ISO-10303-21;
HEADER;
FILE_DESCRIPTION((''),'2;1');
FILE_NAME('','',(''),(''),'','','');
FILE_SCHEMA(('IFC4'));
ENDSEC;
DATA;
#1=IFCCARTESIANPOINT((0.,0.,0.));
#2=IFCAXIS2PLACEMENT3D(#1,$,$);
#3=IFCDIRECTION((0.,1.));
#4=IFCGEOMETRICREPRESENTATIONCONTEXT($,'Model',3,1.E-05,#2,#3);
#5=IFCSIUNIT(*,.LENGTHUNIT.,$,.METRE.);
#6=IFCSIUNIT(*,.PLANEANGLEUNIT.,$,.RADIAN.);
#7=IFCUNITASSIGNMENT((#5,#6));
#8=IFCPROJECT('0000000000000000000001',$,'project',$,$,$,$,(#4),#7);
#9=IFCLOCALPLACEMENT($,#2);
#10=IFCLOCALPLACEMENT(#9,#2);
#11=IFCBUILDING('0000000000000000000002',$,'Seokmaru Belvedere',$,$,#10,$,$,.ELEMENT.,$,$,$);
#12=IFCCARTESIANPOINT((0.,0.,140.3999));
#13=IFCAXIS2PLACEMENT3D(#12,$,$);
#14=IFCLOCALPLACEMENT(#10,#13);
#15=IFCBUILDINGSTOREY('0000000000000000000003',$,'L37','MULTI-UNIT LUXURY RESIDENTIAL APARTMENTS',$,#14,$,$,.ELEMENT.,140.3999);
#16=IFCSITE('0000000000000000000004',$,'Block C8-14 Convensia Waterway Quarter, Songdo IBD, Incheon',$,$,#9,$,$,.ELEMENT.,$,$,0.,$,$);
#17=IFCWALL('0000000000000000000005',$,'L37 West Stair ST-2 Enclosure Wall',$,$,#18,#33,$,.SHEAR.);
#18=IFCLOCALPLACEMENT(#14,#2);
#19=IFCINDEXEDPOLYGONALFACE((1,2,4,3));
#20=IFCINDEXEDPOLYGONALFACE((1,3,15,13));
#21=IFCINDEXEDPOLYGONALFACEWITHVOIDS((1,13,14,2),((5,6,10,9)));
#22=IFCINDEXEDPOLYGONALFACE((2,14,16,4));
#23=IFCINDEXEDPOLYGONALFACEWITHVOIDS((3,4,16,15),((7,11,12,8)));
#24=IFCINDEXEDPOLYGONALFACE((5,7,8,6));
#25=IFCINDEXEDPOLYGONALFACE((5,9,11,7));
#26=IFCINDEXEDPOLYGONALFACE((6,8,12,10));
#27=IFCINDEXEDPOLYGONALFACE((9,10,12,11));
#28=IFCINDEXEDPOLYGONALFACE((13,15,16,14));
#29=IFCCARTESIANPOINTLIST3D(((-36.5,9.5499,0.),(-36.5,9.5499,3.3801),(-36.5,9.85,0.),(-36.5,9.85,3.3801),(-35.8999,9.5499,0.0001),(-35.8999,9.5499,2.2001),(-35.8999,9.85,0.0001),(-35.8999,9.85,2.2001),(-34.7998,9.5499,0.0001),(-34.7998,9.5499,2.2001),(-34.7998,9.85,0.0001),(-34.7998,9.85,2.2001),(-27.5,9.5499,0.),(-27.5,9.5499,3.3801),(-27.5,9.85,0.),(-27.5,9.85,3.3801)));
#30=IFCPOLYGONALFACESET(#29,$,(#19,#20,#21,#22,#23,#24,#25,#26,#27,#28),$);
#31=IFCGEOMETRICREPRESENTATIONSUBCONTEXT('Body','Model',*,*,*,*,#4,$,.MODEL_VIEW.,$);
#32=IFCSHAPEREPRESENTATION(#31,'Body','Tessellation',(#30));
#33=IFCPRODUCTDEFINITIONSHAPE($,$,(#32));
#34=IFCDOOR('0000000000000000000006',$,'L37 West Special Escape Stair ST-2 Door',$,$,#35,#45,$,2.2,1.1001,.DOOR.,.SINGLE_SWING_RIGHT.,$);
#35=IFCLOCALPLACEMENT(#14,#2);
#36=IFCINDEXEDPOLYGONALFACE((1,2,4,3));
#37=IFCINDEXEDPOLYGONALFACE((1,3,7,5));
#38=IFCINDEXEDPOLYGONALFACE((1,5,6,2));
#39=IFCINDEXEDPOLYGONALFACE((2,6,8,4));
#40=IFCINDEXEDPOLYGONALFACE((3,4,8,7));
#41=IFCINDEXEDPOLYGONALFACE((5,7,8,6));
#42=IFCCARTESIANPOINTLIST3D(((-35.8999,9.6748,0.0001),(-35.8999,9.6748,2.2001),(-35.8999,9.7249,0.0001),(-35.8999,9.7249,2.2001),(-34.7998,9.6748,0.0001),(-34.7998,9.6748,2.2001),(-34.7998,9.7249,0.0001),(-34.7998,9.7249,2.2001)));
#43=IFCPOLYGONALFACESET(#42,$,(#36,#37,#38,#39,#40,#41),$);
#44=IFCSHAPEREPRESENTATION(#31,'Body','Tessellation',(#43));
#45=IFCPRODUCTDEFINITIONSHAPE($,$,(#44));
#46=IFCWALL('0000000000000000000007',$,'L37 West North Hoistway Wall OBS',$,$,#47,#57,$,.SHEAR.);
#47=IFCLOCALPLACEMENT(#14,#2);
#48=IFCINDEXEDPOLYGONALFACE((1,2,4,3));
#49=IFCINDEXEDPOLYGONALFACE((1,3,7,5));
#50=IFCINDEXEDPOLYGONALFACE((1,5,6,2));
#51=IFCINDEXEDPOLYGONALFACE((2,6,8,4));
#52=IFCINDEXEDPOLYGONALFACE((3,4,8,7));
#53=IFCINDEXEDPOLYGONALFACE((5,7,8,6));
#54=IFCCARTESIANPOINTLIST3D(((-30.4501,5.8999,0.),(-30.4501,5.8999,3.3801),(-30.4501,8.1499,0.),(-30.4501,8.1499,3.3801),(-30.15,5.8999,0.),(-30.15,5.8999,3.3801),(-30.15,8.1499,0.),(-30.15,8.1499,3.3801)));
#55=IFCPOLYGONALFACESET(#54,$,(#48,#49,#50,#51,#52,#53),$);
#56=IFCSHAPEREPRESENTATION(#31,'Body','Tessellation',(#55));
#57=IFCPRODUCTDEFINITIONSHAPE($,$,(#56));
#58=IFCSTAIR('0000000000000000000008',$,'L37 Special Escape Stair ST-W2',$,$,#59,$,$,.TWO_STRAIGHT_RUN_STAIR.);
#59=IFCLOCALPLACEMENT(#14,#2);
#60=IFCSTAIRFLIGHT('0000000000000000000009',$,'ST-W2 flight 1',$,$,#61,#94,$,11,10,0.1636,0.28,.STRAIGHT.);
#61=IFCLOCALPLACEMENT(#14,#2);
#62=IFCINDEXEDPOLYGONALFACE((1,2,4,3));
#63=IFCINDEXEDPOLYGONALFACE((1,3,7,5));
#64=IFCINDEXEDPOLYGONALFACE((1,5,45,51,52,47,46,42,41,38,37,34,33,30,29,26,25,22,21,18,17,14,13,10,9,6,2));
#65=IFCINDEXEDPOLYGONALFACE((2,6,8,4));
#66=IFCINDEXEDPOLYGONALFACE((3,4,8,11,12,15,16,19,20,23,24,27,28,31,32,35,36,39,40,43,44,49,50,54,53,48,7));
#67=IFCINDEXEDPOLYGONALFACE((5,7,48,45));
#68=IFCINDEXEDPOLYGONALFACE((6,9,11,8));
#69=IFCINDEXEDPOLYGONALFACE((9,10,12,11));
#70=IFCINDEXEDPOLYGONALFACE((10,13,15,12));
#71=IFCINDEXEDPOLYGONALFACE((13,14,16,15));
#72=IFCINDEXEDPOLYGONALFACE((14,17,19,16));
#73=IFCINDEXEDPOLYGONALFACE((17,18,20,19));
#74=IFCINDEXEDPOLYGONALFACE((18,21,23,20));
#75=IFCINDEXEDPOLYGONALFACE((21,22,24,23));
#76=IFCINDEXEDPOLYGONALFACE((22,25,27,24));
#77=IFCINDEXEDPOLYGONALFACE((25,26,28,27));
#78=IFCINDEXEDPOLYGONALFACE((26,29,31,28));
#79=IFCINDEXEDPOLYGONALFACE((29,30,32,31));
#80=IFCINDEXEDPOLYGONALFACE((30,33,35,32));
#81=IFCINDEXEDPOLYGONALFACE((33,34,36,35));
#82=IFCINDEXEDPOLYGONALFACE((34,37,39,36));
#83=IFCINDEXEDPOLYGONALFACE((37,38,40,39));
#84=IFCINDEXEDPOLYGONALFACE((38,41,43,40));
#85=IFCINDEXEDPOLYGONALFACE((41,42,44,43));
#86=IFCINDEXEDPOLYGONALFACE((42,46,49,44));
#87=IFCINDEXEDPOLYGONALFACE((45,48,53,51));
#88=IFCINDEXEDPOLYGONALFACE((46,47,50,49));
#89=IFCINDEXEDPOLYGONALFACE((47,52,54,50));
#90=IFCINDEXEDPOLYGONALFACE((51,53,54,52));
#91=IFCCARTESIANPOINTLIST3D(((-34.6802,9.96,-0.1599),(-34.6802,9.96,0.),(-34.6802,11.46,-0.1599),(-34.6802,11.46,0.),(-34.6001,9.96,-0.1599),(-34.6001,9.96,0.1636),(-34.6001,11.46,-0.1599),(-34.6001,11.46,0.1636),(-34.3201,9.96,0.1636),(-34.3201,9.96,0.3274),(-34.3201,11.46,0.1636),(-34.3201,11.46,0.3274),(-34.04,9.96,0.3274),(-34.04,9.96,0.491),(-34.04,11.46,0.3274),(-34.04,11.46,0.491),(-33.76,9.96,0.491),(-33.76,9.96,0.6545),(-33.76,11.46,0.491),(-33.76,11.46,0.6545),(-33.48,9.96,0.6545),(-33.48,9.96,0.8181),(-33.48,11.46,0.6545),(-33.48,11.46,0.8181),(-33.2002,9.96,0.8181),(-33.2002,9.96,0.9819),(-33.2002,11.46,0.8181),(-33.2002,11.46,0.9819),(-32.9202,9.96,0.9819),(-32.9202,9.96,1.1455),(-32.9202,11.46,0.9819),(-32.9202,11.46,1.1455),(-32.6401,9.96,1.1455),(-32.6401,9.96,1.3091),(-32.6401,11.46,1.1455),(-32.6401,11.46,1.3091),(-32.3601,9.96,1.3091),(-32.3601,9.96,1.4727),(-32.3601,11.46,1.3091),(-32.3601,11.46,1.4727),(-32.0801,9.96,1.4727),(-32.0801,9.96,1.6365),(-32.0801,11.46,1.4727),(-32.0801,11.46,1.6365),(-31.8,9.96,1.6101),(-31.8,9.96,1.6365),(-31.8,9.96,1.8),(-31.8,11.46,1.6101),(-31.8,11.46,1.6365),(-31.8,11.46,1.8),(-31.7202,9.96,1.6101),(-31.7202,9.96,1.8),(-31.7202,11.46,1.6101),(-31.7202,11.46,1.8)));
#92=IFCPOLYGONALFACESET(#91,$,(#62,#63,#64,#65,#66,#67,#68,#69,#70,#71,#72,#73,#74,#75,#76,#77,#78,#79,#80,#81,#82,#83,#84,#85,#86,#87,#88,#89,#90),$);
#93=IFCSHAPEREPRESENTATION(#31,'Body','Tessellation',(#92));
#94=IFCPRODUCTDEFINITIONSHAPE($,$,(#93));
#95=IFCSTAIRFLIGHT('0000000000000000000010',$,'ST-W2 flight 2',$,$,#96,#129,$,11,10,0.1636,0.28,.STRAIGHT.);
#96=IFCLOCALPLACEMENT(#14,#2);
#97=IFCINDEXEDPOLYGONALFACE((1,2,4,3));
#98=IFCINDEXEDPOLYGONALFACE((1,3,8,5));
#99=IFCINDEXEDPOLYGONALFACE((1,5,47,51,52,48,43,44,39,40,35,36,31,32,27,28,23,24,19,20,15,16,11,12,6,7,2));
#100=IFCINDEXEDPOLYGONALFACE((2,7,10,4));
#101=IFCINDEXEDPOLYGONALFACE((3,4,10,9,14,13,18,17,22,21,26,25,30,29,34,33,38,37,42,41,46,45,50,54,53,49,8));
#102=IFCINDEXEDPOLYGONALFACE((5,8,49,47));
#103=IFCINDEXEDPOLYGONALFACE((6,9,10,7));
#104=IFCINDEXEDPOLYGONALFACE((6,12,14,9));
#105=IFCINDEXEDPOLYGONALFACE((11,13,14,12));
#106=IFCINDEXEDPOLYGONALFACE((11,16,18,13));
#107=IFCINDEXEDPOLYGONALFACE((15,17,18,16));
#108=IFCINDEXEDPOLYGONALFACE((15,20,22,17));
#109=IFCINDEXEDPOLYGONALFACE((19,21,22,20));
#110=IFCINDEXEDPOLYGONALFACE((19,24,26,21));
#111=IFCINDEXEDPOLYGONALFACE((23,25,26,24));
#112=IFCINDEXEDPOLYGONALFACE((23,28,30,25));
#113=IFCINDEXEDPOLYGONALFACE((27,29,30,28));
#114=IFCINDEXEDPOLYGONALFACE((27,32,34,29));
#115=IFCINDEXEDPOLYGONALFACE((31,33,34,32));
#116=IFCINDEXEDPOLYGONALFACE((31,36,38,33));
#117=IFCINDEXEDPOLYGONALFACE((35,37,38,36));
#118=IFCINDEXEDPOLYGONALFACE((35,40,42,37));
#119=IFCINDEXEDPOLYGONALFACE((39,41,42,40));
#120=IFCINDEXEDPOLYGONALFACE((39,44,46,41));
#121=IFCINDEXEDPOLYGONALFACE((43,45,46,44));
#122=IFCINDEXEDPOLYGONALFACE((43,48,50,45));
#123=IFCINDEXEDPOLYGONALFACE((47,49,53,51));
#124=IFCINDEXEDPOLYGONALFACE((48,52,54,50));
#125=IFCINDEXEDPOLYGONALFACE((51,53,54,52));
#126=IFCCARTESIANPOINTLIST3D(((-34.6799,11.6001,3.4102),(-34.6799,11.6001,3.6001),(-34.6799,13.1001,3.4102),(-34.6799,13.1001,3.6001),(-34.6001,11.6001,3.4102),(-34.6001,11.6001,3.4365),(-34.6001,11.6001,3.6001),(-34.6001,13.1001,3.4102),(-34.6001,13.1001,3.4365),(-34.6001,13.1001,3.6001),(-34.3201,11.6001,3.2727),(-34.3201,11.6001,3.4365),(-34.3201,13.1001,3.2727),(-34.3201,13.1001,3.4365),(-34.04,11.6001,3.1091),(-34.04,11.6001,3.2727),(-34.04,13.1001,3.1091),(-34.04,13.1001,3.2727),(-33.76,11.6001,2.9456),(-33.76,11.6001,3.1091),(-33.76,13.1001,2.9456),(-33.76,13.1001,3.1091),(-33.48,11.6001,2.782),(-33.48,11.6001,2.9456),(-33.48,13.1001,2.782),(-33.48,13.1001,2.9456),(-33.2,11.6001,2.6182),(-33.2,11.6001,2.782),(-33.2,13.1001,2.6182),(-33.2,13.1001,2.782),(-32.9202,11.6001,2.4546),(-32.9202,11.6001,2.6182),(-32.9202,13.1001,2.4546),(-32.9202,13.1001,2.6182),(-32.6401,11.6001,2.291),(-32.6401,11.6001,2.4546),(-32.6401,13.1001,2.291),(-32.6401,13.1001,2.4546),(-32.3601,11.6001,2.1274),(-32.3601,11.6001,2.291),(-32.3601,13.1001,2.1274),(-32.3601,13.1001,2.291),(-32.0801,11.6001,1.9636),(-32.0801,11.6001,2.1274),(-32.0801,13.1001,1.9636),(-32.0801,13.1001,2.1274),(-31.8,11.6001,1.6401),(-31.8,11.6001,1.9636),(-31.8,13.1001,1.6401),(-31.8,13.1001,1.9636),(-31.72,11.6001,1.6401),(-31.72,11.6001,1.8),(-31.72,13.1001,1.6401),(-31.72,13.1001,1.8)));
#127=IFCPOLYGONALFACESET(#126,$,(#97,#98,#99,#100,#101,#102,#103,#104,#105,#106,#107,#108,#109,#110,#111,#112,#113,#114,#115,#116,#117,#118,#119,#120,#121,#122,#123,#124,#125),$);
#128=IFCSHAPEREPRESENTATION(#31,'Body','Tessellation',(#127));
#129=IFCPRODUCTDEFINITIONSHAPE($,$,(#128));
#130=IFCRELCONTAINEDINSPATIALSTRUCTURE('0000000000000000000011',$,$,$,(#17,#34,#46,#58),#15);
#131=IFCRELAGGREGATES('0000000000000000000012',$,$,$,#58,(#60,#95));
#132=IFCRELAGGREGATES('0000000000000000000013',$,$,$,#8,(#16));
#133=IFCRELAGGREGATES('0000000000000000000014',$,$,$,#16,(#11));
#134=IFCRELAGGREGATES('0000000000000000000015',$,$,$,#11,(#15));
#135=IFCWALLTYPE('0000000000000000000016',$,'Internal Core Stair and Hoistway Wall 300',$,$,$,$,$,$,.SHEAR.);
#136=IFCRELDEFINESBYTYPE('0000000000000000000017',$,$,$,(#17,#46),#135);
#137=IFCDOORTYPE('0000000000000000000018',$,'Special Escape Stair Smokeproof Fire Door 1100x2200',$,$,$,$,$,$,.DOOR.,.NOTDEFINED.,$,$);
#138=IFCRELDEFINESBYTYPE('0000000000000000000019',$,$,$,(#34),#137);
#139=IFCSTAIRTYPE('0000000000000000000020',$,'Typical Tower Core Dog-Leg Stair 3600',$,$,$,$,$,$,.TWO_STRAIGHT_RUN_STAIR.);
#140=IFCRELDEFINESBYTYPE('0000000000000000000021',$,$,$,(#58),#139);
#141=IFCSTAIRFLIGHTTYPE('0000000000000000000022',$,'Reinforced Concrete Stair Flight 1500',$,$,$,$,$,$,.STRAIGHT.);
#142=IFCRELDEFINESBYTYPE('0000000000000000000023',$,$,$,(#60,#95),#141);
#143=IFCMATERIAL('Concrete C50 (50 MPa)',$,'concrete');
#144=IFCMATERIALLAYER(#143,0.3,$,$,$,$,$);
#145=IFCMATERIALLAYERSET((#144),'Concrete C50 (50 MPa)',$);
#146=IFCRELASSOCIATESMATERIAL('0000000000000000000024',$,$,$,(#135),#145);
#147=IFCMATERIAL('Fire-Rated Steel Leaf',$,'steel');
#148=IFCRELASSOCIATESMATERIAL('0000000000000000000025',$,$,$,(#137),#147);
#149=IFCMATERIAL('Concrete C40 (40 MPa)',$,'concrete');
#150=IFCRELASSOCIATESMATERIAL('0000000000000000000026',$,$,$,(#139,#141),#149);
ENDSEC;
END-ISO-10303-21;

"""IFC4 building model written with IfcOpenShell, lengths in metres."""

from ifc_helpers import new_model, si_unit, direction, frame, frame_2d, origin, place, context, subcontext, project, spatial, polyline, rectangle, outline, extrude, source, transform, mapped, material, layer, layer_set, type_object, type_shapes, element, fill, aggregate, save


model = new_model("IFC4")

# Units and contexts
model_context = context("Model", 3, precision=1e-05, world=origin(), true_north=direction((0.0, 1.0)))
body_context = subcontext(model_context, "Body", "Model", "MODEL_VIEW")
ifc_project = project(units=[si_unit("LENGTHUNIT", "METRE"), si_unit("PLANEANGLEUNIT", "RADIAN")], contexts=[model_context])

# Site, building, storey
site_placement = place(None, origin())
site = spatial("IfcSite", under=ifc_project, at=site_placement, Name="Block C8-14 Convensia Waterway Quarter, Songdo IBD, Incheon", CompositionType="ELEMENT", RefElevation=0.0)
building_placement = place(site_placement, origin())
building = spatial("IfcBuilding", under=site, at=building_placement, Name="Seokmaru Belvedere", CompositionType="ELEMENT")
storey_placement = place(building_placement, frame((0.0, 0.0, 140.3999)))
storey = spatial("IfcBuildingStorey", under=building, at=storey_placement, Name="L37", Description="MULTI-UNIT LUXURY RESIDENTIAL APARTMENTS", CompositionType="ELEMENT", Elevation=140.3999)

# Shared definitions
ifc_material_1 = material(Name="Concrete C50 (50 MPa)", Category="concrete")

# Wall, opening, door
ifc_layer_1 = layer(ifc_material_1, 0.3)
ifc_layer_set_1 = layer_set([ifc_layer_1], Name="Concrete C50 (50 MPa)")
wall_type_1 = type_object("IfcWallType", Name="Internal Core Stair and Hoistway Wall 300", PredefinedType="SHEAR", material=ifc_layer_set_1)
wall_1_placement = place(storey_placement, frame((-36.5, 9.7, 0.0), z_axis=(0.0, 0.0, 1.0), x_axis=(1.0, 0.0, 0.0)))
wall_1 = element("IfcWall", 1, at=wall_1_placement, inside=storey, type_object=wall_type_1, Name="L37 West Stair ST-2 Enclosure Wall", PredefinedType="SHEAR", context=body_context, shape_type="SweptSolid", body=[
    extrude(rectangle(XDim=9.0, YDim=0.3, at=frame_2d((4.5, 0.0))), origin(), (0.0, 0.0, 1.0), 3.3801),
])
opening_1_placement = place(wall_1_placement, frame((0.6001, 0.0, 0.0)))
opening_1 = element("IfcOpeningElement", 2, at=opening_1_placement, cuts=wall_1, PredefinedType="OPENING", context=body_context, shape_type="SweptSolid", body=[
    extrude(rectangle(XDim=1.1001, YDim=2.2, at=frame_2d((0.55, 1.1001))), frame((0.0, 0.1602, 0.0), z_axis=(0.0, -1.0, 0.0), x_axis=(1.0, 0.0, 0.0)), (0.0, 0.0, 1.0), 0.3201),
])
ifc_material_2 = material(Name="Fire-Rated Steel Leaf", Category="steel")
door_type_1 = type_object("IfcDoorType", Name="Special Escape Stair Smokeproof Fire Door 1100x2200", OperationType="NOTDEFINED", PredefinedType="DOOR", material=ifc_material_2)
shared_shape_1 = source(origin(), body_context, "Body", "SweptSolid", [
    extrude(rectangle(XDim=1.1001, YDim=2.2, at=frame_2d((0.55, 1.1001))), frame((0.0, 0.0249, 0.0), z_axis=(0.0, -1.0, 0.0), x_axis=(1.0, 0.0, 0.0)), (0.0, 0.0, 1.0), 0.05),
])
type_shapes(door_type_1, [shared_shape_1])
door_1_placement = place(opening_1_placement, origin())
door_1 = element("IfcDoor", 3, at=door_1_placement, inside=storey, type_object=door_type_1, Name="L37 West Special Escape Stair ST-2 Door", OperationType="SINGLE_SWING_RIGHT", OverallHeight=2.2, OverallWidth=1.1001, PredefinedType="DOOR", context=body_context, shape_type="MappedRepresentation", body=[
    mapped(shared_shape_1, transform((0.0, 0.0, 0.0), scale=1.0)),
])
fill(opening_1, door_1)

# Wall
wall_2_placement = place(storey_placement, frame((-30.3, 5.8999, 0.0), z_axis=(0.0, 0.0, 1.0), x_axis=(0.0, 1.0, 0.0)))
element("IfcWall", 4, at=wall_2_placement, inside=storey, type_object=wall_type_1, Name="L37 West North Hoistway Wall OBS", PredefinedType="SHEAR", context=body_context, shape_type="SweptSolid", body=[
    extrude(rectangle(XDim=2.25, YDim=0.3, at=frame_2d((1.125, 0.0))), origin(), (0.0, 0.0, 1.0), 3.3801),
])

# Stair, stair flights
ifc_material_3 = material(Name="Concrete C40 (40 MPa)", Category="concrete")
stair_type = type_object("IfcStairType", Name="Typical Tower Core Dog-Leg Stair 3600", PredefinedType="TWO_STRAIGHT_RUN_STAIR", material=ifc_material_3)
stair_placement = place(storey_placement, origin())
stair = element("IfcStair", 5, at=stair_placement, inside=storey, type_object=stair_type, Name="L37 Special Escape Stair ST-W2", PredefinedType="TWO_STRAIGHT_RUN_STAIR")
stair_flight_type = type_object("IfcStairFlightType", Name="Reinforced Concrete Stair Flight 1500", PredefinedType="STRAIGHT", material=ifc_material_3)
stair_flight_1_placement = place(storey_placement, frame((-34.6001, 10.71, 0.0), z_axis=(0.0, 0.0, 1.0), x_axis=(1.0, 0.0, 0.0)))
stair_flight_1 = element("IfcStairFlight", 6, at=stair_flight_1_placement, type_object=stair_flight_type, Name="ST-W2 flight 1", NumberOfRisers=11, NumberOfTreads=10, PredefinedType="STRAIGHT", RiserHeight=0.1636, TreadLength=0.28, context=body_context, shape_type="SweptSolid", body=[
    extrude(outline(polyline([(-0.0801, 0.0), (0.0, 0.1636), (0.28, 0.1636), (0.28, 0.3274), (0.5601, 0.3274), (0.5601, 0.491), (0.8401, 0.491), (0.8401, 0.6545), (1.1201, 0.6545), (1.1201, 0.8181), (1.3999, 0.8181), (1.3999, 0.9819), (1.6799, 0.9819), (1.6799, 1.1455), (1.96, 1.1455), (1.96, 1.3091), (2.24, 1.3091), (2.24, 1.4727), (2.52, 1.4727), (2.52, 1.6365), (2.8, 1.6365), (2.8, 1.8), (2.8799, 1.8), (2.8799, 1.6101), (2.8, 1.6101), (0.0, -0.1599), (-0.0801, -0.1599), (-0.0801, 0.0)])), frame((0.0, 0.75, 0.0), z_axis=(0.0, -1.0, 0.0), x_axis=(1.0, 0.0, 0.0)), (0.0, 0.0, 1.0), 1.5),
])
stair_flight_2_placement = place(storey_placement, frame((-31.8, 12.3501, 1.8), z_axis=(0.0, 0.0, 1.0), x_axis=(-1.0, 0.0, 0.0)))
stair_flight_2 = element("IfcStairFlight", 7, at=stair_flight_2_placement, type_object=stair_flight_type, Name="ST-W2 flight 2", NumberOfRisers=11, NumberOfTreads=10, PredefinedType="STRAIGHT", RiserHeight=0.1636, TreadLength=0.28, context=body_context, shape_type="SweptSolid", body=[
    extrude(outline(polyline([(-0.0801, 0.0), (0.0, 0.1636), (0.28, 0.1636), (0.28, 0.3274), (0.5601, 0.3274), (0.5601, 0.491), (0.8401, 0.491), (0.8401, 0.6545), (1.1201, 0.6545), (1.1201, 0.8181), (1.3999, 0.8181), (1.3999, 0.9819), (1.6799, 0.9819), (1.6799, 1.1455), (1.96, 1.1455), (1.96, 1.3091), (2.24, 1.3091), (2.24, 1.4727), (2.52, 1.4727), (2.52, 1.6365), (2.8, 1.6365), (2.8, 1.8), (2.8799, 1.8), (2.8799, 1.6101), (2.8, 1.6101), (0.0, -0.1599), (-0.0801, -0.1599), (-0.0801, 0.0)])), frame((0.0, 0.75, 0.0), z_axis=(0.0, -1.0, 0.0), x_axis=(1.0, 0.0, 0.0)), (0.0, 0.0, 1.0), 1.5),
])
aggregate(stair, [stair_flight_1, stair_flight_2])

save(model, "model.ifc")
